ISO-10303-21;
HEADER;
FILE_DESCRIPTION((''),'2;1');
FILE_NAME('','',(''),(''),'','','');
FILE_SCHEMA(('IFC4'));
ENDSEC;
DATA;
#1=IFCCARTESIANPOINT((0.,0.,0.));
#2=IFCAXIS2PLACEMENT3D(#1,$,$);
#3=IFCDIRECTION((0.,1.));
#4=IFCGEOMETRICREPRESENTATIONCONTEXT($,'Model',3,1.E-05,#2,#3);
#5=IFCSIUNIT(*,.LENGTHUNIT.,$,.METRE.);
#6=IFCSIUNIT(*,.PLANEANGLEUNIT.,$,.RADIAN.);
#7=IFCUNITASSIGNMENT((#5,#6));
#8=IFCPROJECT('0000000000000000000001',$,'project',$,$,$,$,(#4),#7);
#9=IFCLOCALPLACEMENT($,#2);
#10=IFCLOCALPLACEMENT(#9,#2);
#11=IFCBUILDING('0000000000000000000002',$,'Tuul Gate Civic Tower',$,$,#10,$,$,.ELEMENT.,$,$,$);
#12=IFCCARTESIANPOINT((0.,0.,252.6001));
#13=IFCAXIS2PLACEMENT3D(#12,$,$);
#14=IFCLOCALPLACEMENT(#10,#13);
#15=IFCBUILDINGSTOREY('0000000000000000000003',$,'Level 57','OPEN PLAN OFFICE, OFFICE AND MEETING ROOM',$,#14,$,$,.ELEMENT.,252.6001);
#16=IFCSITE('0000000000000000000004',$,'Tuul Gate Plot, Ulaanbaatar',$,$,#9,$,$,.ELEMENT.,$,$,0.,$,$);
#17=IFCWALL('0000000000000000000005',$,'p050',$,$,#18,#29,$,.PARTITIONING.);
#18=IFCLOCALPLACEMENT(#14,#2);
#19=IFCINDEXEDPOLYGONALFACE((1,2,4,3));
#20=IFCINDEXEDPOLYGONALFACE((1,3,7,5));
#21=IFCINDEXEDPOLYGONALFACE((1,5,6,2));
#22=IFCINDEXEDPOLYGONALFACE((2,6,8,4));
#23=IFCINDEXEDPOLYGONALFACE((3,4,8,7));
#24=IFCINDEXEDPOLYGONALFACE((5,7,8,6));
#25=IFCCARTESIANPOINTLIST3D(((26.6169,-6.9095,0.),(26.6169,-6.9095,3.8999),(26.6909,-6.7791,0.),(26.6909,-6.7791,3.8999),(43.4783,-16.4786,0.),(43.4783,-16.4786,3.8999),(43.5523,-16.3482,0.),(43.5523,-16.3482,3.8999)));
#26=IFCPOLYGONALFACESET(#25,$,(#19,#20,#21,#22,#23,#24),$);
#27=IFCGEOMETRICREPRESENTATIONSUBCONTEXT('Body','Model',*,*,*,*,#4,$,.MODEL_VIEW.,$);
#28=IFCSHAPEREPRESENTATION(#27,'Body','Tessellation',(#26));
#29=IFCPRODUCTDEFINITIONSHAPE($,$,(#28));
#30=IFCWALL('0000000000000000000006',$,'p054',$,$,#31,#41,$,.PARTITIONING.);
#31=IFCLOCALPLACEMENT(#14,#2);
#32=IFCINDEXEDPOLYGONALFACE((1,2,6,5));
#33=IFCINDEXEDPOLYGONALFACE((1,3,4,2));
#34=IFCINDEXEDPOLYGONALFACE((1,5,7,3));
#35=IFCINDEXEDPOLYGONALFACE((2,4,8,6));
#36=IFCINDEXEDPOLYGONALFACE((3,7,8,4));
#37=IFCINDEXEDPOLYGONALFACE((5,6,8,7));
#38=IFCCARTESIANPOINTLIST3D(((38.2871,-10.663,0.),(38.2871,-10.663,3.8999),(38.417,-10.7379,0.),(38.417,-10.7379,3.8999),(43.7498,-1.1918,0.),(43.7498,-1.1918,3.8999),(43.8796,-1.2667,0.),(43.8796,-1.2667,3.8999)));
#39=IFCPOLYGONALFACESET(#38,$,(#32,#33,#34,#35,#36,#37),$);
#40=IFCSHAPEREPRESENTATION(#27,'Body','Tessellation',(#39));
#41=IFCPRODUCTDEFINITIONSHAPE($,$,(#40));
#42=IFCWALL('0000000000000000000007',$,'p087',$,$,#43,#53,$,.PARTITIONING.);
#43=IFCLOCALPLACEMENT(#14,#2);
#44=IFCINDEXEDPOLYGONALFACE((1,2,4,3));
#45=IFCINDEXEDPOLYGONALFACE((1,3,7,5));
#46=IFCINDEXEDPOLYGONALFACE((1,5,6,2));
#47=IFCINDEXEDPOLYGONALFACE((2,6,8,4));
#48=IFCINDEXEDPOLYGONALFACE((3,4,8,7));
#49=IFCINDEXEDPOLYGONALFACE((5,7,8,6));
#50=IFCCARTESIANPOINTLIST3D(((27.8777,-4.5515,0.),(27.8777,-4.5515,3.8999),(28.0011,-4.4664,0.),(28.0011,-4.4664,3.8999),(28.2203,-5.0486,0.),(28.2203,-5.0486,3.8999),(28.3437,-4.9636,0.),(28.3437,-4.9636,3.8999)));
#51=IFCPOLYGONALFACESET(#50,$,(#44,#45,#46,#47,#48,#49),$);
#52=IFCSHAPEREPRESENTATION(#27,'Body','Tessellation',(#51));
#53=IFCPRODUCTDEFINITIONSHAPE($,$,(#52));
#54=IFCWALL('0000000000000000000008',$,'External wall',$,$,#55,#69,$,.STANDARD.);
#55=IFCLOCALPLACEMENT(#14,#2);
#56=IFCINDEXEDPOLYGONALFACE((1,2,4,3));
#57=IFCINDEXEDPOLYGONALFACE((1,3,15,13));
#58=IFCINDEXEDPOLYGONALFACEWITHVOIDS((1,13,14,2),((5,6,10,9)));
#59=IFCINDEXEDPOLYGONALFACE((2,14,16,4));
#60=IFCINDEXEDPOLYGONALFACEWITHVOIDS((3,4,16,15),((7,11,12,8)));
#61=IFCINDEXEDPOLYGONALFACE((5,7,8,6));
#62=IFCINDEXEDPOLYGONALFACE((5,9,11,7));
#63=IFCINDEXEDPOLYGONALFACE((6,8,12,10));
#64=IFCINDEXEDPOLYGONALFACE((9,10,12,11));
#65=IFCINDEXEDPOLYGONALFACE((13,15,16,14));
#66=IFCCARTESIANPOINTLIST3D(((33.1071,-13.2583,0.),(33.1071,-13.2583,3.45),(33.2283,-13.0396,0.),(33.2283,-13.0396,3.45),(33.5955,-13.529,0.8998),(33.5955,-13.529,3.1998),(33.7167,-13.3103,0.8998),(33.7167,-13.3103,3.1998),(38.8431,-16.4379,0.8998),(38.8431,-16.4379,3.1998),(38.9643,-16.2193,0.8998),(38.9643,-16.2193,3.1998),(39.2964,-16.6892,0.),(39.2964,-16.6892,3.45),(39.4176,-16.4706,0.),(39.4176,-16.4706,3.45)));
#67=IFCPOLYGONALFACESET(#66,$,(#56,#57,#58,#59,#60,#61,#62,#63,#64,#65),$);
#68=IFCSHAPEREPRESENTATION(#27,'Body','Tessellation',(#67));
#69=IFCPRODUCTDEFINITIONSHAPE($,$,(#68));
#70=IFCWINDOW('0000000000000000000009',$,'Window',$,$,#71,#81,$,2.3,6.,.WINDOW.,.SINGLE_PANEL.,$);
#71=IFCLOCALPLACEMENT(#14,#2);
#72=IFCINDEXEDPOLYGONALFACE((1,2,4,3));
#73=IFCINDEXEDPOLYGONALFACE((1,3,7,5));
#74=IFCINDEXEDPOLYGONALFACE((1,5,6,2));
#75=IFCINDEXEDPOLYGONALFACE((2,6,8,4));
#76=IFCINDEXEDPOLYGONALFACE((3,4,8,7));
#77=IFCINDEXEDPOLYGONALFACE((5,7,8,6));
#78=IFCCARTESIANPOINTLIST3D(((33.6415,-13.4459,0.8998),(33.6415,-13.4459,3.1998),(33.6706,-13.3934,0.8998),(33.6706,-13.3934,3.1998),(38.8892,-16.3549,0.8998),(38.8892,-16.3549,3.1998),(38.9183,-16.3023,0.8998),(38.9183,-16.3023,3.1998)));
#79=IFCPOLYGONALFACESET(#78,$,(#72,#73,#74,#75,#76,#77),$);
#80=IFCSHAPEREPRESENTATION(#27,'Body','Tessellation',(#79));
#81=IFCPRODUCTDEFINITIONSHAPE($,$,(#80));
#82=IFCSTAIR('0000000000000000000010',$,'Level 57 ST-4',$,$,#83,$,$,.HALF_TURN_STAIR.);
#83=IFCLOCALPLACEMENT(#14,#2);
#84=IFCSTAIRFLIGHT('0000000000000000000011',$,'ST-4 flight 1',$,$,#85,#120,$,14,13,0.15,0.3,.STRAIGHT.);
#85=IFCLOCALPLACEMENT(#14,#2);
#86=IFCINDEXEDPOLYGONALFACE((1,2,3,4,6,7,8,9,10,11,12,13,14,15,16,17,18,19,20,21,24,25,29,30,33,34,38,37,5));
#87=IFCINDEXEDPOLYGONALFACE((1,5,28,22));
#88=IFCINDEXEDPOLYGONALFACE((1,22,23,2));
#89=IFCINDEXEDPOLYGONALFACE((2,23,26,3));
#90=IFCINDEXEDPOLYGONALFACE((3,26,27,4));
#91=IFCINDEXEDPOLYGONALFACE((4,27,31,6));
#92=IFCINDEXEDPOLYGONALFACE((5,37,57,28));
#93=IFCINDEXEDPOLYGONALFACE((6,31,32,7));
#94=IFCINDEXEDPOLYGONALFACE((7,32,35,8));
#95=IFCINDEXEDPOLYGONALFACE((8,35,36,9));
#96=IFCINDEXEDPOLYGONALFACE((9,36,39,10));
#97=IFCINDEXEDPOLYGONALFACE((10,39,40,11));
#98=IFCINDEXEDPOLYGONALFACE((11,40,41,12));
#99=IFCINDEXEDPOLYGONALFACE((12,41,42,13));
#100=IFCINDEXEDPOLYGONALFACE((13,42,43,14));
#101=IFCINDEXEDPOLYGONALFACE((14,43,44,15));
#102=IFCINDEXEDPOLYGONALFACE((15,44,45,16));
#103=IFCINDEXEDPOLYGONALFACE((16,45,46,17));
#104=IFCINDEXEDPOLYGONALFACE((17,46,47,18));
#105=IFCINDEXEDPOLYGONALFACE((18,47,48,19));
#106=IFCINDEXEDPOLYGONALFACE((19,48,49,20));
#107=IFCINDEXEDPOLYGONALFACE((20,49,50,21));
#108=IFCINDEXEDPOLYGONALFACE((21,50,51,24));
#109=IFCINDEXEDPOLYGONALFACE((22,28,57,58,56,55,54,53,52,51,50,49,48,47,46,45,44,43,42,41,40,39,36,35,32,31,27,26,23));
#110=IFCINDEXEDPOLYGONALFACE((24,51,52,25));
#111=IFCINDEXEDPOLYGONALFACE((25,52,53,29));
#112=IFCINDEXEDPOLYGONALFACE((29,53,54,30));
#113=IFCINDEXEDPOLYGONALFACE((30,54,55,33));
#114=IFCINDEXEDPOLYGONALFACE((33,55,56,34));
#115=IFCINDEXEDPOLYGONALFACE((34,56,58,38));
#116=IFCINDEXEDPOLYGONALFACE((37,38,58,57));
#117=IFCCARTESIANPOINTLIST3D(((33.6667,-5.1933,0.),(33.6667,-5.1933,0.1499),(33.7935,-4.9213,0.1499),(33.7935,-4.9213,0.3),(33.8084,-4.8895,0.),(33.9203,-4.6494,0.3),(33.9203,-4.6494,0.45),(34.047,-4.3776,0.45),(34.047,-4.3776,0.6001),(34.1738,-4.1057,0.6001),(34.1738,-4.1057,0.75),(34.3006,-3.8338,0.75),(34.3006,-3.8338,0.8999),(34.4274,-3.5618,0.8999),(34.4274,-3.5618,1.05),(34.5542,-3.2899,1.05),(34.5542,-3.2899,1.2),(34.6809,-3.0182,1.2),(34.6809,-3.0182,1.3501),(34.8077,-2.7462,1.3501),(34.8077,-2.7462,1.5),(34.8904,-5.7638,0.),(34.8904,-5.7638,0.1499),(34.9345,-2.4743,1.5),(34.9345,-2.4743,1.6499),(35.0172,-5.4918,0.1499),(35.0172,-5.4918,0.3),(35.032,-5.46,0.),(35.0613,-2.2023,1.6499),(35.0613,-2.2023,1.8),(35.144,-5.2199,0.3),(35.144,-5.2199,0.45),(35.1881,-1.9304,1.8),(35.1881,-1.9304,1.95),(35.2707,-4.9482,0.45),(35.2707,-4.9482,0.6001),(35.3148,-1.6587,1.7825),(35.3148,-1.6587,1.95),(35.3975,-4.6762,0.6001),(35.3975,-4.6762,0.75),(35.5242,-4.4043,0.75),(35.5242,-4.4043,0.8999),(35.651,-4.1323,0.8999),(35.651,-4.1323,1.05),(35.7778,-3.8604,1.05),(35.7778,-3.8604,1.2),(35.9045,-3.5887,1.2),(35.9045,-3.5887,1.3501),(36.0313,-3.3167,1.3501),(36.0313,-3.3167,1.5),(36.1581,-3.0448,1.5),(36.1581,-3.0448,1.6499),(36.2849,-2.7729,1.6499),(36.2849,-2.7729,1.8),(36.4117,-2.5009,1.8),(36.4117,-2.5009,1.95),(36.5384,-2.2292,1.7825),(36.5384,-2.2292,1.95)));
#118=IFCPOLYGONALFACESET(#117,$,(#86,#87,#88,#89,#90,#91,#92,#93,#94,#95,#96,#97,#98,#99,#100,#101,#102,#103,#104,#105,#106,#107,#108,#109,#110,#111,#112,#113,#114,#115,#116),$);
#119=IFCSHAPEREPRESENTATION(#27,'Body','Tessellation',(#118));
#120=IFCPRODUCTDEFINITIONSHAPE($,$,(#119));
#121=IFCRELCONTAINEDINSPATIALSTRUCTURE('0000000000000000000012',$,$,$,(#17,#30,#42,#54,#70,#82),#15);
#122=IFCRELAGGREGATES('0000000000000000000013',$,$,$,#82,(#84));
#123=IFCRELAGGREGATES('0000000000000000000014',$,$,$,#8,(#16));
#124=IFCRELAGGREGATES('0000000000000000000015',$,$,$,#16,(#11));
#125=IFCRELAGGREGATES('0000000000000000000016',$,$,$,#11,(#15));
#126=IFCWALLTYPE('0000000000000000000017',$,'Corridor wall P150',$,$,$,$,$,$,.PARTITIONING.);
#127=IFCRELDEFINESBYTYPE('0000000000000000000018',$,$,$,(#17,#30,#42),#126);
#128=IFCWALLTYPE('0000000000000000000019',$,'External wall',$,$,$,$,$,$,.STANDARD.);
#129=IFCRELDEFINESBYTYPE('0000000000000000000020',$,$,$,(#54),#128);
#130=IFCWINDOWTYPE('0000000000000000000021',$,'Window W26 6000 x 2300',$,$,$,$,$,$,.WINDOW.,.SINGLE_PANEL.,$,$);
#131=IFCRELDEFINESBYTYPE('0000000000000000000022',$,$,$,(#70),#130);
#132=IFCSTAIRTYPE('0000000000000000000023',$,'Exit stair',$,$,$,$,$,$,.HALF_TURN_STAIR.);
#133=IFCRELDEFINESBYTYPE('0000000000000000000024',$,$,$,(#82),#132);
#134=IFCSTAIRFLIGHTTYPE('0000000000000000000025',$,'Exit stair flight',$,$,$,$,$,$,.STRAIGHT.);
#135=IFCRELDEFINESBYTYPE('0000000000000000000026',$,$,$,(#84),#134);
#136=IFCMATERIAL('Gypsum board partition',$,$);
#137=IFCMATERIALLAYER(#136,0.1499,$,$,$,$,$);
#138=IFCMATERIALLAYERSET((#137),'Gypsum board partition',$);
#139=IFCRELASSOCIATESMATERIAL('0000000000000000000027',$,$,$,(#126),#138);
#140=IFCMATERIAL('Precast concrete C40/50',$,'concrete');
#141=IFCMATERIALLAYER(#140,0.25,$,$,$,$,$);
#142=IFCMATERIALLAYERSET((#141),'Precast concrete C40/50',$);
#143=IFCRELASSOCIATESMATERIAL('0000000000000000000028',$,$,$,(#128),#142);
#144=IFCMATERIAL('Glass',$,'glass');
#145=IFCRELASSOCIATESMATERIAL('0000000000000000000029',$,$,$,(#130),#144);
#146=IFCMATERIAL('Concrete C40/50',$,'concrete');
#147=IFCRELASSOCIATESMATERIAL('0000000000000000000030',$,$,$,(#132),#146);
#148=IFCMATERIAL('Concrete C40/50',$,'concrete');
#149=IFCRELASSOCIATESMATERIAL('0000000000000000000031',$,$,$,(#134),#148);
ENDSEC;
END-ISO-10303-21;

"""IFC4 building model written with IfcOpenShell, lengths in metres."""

from ifc_helpers import new_model, si_unit, direction, frame, frame_2d, origin, place, context, subcontext, project, spatial, polyline, rectangle, outline, extrude, material, layer, layer_set, type_object, element, fill, aggregate, save


model = new_model("IFC4")

# Units and contexts
model_context = context("Model", 3, precision=1e-05, world=origin(), true_north=direction((0.0, 1.0)))
body_context = subcontext(model_context, "Body", "Model", "MODEL_VIEW")
ifc_project = project(units=[si_unit("LENGTHUNIT", "METRE"), si_unit("PLANEANGLEUNIT", "RADIAN")], contexts=[model_context])

# Site, building, storey
site_placement = place(None, origin())
site = spatial("IfcSite", under=ifc_project, at=site_placement, Name="Tuul Gate Plot, Ulaanbaatar", CompositionType="ELEMENT", RefElevation=0.0)
building_placement = place(site_placement, origin())
building = spatial("IfcBuilding", under=site, at=building_placement, Name="Tuul Gate Civic Tower", CompositionType="ELEMENT")
storey_placement = place(building_placement, frame((0.0, 0.0, 252.6001)))
storey = spatial("IfcBuildingStorey", under=building, at=storey_placement, Name="Level 57", Description="OPEN PLAN OFFICE, OFFICE AND MEETING ROOM", CompositionType="ELEMENT", Elevation=252.6001)

# Shared definitions
ifc_material_1 = material(Name="Gypsum board partition")
ifc_layer_1 = layer(ifc_material_1, 0.1499)
ifc_layer_set_1 = layer_set([ifc_layer_1], Name="Gypsum board partition")
wall_type_1 = type_object("IfcWallType", Name="Corridor wall P150", PredefinedType="PARTITIONING", material=ifc_layer_set_1)

# Walls
wall_1_placement = place(storey_placement, frame((26.6538, -6.8442, 0.0), z_axis=(0.0, 0.0, 1.0), x_axis=(0.869705, -0.493572, 0.0)))
element("IfcWall", 1, at=wall_1_placement, inside=storey, type_object=wall_type_1, Name="p050", PredefinedType="PARTITIONING", context=body_context, shape_type="SweptSolid", body=[
    extrude(rectangle(XDim=19.3875, YDim=0.1499, at=frame_2d((9.6938, 0.0))), origin(), (0.0, 0.0, 1.0), 3.8999),
])
wall_2_placement = place(storey_placement, frame((38.3521, -10.7004, 0.0), z_axis=(0.0, 0.0, 1.0), x_axis=(0.499619, 0.866245, 0.0)))
element("IfcWall", 2, at=wall_2_placement, inside=storey, type_object=wall_type_1, Name="p054", PredefinedType="PARTITIONING", context=body_context, shape_type="SweptSolid", body=[
    extrude(rectangle(XDim=10.9336, YDim=0.1499, at=frame_2d((5.4668, 0.0))), origin(), (0.0, 0.0, 1.0), 3.8999),
])
wall_3_placement = place(storey_placement, frame((27.9395, -4.509, 0.0), z_axis=(0.0, 0.0, 1.0), x_axis=(0.567421, -0.823428, 0.0)))
element("IfcWall", 3, at=wall_3_placement, inside=storey, type_object=wall_type_1, Name="p087", PredefinedType="PARTITIONING", context=body_context, shape_type="SweptSolid", body=[
    extrude(rectangle(XDim=0.6038, YDim=0.1499, at=frame_2d((0.3018, 0.0))), origin(), (0.0, 0.0, 1.0), 3.8999),
])

# Wall, opening, window
ifc_material_2 = material(Name="Precast concrete C40/50", Category="concrete")
ifc_layer_2 = layer(ifc_material_2, 0.25)
ifc_layer_set_2 = layer_set([ifc_layer_2], Name="Precast concrete C40/50")
wall_type_2 = type_object("IfcWallType", Name="External wall", PredefinedType="STANDARD", material=ifc_layer_set_2)
wall_4_placement = place(storey_placement, frame((33.1677, -13.1489, 0.0), z_axis=(0.0, 0.0, 1.0), x_axis=(0.874609, -0.484828, 0.0)))
wall_4 = element("IfcWall", 4, at=wall_4_placement, inside=storey, type_object=wall_type_2, Name="External wall", PredefinedType="STANDARD", context=body_context, shape_type="SweptSolid", body=[
    extrude(rectangle(XDim=7.0767, YDim=0.25, at=frame_2d((3.5383, 0.0))), origin(), (0.0, 0.0, 1.0), 3.45),
])
opening_1_placement = place(wall_4_placement, frame((0.5583, 0.0, 0.8999)))
opening_1 = element("IfcOpeningElement", 5, at=opening_1_placement, cuts=wall_4, PredefinedType="OPENING", context=body_context, shape_type="SweptSolid", body=[
    extrude(rectangle(XDim=6.0, YDim=2.3, at=frame_2d((3.0, 1.1499))), frame((0.0, 0.135, 0.0), z_axis=(0.0, -1.0, 0.0), x_axis=(1.0, 0.0, 0.0)), (0.0, 0.0, 1.0), 0.27),
])
ifc_material_3 = material(Name="Glass", Category="glass")
window_type = type_object("IfcWindowType", Name="Window W26 6000 x 2300", PartitioningType="SINGLE_PANEL", PredefinedType="WINDOW", material=ifc_material_3)
window_placement = place(opening_1_placement, origin())
window = element("IfcWindow", 6, at=window_placement, inside=storey, type_object=window_type, Name="Window", OverallHeight=2.3, OverallWidth=6.0, PartitioningType="SINGLE_PANEL", PredefinedType="WINDOW", context=body_context, shape_type="SweptSolid", body=[
    extrude(rectangle(XDim=6.0, YDim=2.3, at=frame_2d((3.0, 1.1499))), frame((0.0, 0.03, 0.0), z_axis=(0.0, -1.0, 0.0), x_axis=(1.0, 0.0, 0.0)), (0.0, 0.0, 1.0), 0.0601),
])
fill(opening_1, window)

# Stair, stair flight
ifc_material_4 = material(Name="Concrete C40/50", Category="concrete")
stair_type = type_object("IfcStairType", Name="Exit stair", PredefinedType="HALF_TURN_STAIR", material=ifc_material_4)
stair_placement = place(storey_placement, origin())
stair = element("IfcStair", 7, at=stair_placement, inside=storey, type_object=stair_type, Name="Level 57 ST-4", PredefinedType="HALF_TURN_STAIR")
ifc_material_5 = material(Name="Concrete C40/50", Category="concrete")
stair_flight_type = type_object("IfcStairFlightType", Name="Exit stair flight", PredefinedType="STRAIGHT", material=ifc_material_5)
stair_flight_placement = place(storey_placement, frame((34.2786, -5.4785, 0.0), z_axis=(0.0, 0.0, 1.0), x_axis=(0.422576, 0.906327, 0.0)))
stair_flight = element("IfcStairFlight", 8, at=stair_flight_placement, type_object=stair_flight_type, Name="ST-4 flight 1", NumberOfRisers=14, NumberOfTreads=13, PredefinedType="STRAIGHT", RiserHeight=0.15, TreadLength=0.3, context=body_context, shape_type="SweptSolid", body=[
    extrude(outline(polyline([(0.0, 0.0), (0.0, 0.1499), (0.3, 0.1499), (0.3, 0.3), (0.6001, 0.3), (0.6001, 0.45), (0.8999, 0.45), (0.8999, 0.6001), (1.2, 0.6001), (1.2, 0.75), (1.5, 0.75), (1.5, 0.8999), (1.8, 0.8999), (1.8, 1.05), (2.1001, 1.05), (2.1001, 1.2), (2.3999, 1.2), (2.3999, 1.3501), (2.7, 1.3501), (2.7, 1.5), (3.0, 1.5), (3.0, 1.6499), (3.3, 1.6499), (3.3, 1.8), (3.6001, 1.8), (3.6001, 1.95), (3.8999, 1.95), (3.8999, 2.1001), (3.8999, 1.7825), (0.3352, 0.0), (0.0, 0.0)])), frame((0.0, 0.675, 0.0), z_axis=(0.0, -1.0, 0.0), x_axis=(1.0, 0.0, 0.0)), (0.0, 0.0, 1.0), 1.3501),
])
aggregate(stair, [stair_flight])

save(model, "model.ifc")
